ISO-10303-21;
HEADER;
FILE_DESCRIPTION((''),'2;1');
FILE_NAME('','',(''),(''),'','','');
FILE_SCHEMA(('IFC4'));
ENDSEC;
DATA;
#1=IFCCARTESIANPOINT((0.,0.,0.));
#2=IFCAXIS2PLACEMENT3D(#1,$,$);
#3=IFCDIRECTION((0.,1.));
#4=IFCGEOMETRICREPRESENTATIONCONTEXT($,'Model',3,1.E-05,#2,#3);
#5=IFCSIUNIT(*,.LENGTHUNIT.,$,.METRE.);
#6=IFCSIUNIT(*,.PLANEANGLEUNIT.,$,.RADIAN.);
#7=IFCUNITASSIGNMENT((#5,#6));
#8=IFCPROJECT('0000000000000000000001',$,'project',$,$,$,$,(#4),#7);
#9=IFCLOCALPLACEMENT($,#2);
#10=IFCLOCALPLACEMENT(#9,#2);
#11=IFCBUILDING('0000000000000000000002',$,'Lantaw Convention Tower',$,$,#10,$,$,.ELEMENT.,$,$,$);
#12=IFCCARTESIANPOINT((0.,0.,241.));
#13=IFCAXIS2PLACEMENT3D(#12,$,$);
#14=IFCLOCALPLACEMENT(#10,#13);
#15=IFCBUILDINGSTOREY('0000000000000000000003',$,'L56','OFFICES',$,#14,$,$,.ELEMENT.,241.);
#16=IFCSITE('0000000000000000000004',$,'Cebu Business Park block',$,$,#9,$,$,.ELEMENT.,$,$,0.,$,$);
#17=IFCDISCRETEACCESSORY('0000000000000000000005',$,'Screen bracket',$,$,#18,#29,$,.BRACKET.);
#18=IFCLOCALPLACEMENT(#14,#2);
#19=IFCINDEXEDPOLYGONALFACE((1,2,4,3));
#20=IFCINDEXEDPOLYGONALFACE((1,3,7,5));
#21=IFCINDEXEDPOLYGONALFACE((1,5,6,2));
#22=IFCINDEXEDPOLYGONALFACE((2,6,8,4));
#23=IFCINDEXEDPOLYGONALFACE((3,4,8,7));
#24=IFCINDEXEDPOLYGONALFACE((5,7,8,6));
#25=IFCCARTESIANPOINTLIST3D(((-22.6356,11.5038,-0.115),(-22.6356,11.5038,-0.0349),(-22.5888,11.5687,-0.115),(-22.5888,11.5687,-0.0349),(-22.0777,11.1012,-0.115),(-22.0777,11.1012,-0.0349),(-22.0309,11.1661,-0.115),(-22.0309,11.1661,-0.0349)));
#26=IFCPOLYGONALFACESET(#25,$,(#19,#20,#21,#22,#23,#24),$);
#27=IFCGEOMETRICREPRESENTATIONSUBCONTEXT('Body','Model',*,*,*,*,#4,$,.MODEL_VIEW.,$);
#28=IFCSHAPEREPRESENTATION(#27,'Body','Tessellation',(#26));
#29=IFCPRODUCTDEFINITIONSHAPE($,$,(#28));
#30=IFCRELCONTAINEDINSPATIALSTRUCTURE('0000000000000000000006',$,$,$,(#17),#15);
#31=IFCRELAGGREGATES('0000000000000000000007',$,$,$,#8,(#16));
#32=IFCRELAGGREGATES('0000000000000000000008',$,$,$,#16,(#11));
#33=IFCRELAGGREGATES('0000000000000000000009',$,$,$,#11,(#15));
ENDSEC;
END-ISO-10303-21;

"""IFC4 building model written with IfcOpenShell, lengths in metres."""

from ifc_helpers import new_model, si_unit, direction, frame, origin, origin_2d, place, context, subcontext, project, spatial, rectangle, extrude, element, save


model = new_model("IFC4")

# Units and contexts
model_context = context("Model", 3, precision=1e-05, world=origin(), true_north=direction((0.0, 1.0)))
body_context = subcontext(model_context, "Body", "Model", "MODEL_VIEW")
ifc_project = project(units=[si_unit("LENGTHUNIT", "METRE"), si_unit("PLANEANGLEUNIT", "RADIAN")], contexts=[model_context])

# Site, building, storey
site_placement = place(None, origin())
site = spatial("IfcSite", under=ifc_project, at=site_placement, Name="Cebu Business Park block", CompositionType="ELEMENT", RefElevation=0.0)
building_placement = place(site_placement, origin())
building = spatial("IfcBuilding", under=site, at=building_placement, Name="Lantaw Convention Tower", CompositionType="ELEMENT")
storey_placement = place(building_placement, frame((0.0, 0.0, 241.0)))
storey = spatial("IfcBuildingStorey", under=building, at=storey_placement, Name="L56", Description="OFFICES", CompositionType="ELEMENT", Elevation=241.0)

# Discrete accessory
for number, where, z_axis, x_axis, name in (
    (1, (-22.3333, 11.335, -0.115), (0.0, 0.0, 1.0), (-0.585158, -0.81092, 0.0), "Screen bracket"),
):
    element("IfcDiscreteAccessory", number, at=place(storey_placement, frame(where, z_axis=z_axis, x_axis=x_axis)), inside=storey, Name=name, PredefinedType="BRACKET", context=body_context, shape_type="SweptSolid", body=[
        extrude(rectangle(XDim=0.0801, YDim=0.688, at=origin_2d()), origin(), (0.0, 0.0, 1.0), 0.0801),
    ])

save(model, "model.ifc")
